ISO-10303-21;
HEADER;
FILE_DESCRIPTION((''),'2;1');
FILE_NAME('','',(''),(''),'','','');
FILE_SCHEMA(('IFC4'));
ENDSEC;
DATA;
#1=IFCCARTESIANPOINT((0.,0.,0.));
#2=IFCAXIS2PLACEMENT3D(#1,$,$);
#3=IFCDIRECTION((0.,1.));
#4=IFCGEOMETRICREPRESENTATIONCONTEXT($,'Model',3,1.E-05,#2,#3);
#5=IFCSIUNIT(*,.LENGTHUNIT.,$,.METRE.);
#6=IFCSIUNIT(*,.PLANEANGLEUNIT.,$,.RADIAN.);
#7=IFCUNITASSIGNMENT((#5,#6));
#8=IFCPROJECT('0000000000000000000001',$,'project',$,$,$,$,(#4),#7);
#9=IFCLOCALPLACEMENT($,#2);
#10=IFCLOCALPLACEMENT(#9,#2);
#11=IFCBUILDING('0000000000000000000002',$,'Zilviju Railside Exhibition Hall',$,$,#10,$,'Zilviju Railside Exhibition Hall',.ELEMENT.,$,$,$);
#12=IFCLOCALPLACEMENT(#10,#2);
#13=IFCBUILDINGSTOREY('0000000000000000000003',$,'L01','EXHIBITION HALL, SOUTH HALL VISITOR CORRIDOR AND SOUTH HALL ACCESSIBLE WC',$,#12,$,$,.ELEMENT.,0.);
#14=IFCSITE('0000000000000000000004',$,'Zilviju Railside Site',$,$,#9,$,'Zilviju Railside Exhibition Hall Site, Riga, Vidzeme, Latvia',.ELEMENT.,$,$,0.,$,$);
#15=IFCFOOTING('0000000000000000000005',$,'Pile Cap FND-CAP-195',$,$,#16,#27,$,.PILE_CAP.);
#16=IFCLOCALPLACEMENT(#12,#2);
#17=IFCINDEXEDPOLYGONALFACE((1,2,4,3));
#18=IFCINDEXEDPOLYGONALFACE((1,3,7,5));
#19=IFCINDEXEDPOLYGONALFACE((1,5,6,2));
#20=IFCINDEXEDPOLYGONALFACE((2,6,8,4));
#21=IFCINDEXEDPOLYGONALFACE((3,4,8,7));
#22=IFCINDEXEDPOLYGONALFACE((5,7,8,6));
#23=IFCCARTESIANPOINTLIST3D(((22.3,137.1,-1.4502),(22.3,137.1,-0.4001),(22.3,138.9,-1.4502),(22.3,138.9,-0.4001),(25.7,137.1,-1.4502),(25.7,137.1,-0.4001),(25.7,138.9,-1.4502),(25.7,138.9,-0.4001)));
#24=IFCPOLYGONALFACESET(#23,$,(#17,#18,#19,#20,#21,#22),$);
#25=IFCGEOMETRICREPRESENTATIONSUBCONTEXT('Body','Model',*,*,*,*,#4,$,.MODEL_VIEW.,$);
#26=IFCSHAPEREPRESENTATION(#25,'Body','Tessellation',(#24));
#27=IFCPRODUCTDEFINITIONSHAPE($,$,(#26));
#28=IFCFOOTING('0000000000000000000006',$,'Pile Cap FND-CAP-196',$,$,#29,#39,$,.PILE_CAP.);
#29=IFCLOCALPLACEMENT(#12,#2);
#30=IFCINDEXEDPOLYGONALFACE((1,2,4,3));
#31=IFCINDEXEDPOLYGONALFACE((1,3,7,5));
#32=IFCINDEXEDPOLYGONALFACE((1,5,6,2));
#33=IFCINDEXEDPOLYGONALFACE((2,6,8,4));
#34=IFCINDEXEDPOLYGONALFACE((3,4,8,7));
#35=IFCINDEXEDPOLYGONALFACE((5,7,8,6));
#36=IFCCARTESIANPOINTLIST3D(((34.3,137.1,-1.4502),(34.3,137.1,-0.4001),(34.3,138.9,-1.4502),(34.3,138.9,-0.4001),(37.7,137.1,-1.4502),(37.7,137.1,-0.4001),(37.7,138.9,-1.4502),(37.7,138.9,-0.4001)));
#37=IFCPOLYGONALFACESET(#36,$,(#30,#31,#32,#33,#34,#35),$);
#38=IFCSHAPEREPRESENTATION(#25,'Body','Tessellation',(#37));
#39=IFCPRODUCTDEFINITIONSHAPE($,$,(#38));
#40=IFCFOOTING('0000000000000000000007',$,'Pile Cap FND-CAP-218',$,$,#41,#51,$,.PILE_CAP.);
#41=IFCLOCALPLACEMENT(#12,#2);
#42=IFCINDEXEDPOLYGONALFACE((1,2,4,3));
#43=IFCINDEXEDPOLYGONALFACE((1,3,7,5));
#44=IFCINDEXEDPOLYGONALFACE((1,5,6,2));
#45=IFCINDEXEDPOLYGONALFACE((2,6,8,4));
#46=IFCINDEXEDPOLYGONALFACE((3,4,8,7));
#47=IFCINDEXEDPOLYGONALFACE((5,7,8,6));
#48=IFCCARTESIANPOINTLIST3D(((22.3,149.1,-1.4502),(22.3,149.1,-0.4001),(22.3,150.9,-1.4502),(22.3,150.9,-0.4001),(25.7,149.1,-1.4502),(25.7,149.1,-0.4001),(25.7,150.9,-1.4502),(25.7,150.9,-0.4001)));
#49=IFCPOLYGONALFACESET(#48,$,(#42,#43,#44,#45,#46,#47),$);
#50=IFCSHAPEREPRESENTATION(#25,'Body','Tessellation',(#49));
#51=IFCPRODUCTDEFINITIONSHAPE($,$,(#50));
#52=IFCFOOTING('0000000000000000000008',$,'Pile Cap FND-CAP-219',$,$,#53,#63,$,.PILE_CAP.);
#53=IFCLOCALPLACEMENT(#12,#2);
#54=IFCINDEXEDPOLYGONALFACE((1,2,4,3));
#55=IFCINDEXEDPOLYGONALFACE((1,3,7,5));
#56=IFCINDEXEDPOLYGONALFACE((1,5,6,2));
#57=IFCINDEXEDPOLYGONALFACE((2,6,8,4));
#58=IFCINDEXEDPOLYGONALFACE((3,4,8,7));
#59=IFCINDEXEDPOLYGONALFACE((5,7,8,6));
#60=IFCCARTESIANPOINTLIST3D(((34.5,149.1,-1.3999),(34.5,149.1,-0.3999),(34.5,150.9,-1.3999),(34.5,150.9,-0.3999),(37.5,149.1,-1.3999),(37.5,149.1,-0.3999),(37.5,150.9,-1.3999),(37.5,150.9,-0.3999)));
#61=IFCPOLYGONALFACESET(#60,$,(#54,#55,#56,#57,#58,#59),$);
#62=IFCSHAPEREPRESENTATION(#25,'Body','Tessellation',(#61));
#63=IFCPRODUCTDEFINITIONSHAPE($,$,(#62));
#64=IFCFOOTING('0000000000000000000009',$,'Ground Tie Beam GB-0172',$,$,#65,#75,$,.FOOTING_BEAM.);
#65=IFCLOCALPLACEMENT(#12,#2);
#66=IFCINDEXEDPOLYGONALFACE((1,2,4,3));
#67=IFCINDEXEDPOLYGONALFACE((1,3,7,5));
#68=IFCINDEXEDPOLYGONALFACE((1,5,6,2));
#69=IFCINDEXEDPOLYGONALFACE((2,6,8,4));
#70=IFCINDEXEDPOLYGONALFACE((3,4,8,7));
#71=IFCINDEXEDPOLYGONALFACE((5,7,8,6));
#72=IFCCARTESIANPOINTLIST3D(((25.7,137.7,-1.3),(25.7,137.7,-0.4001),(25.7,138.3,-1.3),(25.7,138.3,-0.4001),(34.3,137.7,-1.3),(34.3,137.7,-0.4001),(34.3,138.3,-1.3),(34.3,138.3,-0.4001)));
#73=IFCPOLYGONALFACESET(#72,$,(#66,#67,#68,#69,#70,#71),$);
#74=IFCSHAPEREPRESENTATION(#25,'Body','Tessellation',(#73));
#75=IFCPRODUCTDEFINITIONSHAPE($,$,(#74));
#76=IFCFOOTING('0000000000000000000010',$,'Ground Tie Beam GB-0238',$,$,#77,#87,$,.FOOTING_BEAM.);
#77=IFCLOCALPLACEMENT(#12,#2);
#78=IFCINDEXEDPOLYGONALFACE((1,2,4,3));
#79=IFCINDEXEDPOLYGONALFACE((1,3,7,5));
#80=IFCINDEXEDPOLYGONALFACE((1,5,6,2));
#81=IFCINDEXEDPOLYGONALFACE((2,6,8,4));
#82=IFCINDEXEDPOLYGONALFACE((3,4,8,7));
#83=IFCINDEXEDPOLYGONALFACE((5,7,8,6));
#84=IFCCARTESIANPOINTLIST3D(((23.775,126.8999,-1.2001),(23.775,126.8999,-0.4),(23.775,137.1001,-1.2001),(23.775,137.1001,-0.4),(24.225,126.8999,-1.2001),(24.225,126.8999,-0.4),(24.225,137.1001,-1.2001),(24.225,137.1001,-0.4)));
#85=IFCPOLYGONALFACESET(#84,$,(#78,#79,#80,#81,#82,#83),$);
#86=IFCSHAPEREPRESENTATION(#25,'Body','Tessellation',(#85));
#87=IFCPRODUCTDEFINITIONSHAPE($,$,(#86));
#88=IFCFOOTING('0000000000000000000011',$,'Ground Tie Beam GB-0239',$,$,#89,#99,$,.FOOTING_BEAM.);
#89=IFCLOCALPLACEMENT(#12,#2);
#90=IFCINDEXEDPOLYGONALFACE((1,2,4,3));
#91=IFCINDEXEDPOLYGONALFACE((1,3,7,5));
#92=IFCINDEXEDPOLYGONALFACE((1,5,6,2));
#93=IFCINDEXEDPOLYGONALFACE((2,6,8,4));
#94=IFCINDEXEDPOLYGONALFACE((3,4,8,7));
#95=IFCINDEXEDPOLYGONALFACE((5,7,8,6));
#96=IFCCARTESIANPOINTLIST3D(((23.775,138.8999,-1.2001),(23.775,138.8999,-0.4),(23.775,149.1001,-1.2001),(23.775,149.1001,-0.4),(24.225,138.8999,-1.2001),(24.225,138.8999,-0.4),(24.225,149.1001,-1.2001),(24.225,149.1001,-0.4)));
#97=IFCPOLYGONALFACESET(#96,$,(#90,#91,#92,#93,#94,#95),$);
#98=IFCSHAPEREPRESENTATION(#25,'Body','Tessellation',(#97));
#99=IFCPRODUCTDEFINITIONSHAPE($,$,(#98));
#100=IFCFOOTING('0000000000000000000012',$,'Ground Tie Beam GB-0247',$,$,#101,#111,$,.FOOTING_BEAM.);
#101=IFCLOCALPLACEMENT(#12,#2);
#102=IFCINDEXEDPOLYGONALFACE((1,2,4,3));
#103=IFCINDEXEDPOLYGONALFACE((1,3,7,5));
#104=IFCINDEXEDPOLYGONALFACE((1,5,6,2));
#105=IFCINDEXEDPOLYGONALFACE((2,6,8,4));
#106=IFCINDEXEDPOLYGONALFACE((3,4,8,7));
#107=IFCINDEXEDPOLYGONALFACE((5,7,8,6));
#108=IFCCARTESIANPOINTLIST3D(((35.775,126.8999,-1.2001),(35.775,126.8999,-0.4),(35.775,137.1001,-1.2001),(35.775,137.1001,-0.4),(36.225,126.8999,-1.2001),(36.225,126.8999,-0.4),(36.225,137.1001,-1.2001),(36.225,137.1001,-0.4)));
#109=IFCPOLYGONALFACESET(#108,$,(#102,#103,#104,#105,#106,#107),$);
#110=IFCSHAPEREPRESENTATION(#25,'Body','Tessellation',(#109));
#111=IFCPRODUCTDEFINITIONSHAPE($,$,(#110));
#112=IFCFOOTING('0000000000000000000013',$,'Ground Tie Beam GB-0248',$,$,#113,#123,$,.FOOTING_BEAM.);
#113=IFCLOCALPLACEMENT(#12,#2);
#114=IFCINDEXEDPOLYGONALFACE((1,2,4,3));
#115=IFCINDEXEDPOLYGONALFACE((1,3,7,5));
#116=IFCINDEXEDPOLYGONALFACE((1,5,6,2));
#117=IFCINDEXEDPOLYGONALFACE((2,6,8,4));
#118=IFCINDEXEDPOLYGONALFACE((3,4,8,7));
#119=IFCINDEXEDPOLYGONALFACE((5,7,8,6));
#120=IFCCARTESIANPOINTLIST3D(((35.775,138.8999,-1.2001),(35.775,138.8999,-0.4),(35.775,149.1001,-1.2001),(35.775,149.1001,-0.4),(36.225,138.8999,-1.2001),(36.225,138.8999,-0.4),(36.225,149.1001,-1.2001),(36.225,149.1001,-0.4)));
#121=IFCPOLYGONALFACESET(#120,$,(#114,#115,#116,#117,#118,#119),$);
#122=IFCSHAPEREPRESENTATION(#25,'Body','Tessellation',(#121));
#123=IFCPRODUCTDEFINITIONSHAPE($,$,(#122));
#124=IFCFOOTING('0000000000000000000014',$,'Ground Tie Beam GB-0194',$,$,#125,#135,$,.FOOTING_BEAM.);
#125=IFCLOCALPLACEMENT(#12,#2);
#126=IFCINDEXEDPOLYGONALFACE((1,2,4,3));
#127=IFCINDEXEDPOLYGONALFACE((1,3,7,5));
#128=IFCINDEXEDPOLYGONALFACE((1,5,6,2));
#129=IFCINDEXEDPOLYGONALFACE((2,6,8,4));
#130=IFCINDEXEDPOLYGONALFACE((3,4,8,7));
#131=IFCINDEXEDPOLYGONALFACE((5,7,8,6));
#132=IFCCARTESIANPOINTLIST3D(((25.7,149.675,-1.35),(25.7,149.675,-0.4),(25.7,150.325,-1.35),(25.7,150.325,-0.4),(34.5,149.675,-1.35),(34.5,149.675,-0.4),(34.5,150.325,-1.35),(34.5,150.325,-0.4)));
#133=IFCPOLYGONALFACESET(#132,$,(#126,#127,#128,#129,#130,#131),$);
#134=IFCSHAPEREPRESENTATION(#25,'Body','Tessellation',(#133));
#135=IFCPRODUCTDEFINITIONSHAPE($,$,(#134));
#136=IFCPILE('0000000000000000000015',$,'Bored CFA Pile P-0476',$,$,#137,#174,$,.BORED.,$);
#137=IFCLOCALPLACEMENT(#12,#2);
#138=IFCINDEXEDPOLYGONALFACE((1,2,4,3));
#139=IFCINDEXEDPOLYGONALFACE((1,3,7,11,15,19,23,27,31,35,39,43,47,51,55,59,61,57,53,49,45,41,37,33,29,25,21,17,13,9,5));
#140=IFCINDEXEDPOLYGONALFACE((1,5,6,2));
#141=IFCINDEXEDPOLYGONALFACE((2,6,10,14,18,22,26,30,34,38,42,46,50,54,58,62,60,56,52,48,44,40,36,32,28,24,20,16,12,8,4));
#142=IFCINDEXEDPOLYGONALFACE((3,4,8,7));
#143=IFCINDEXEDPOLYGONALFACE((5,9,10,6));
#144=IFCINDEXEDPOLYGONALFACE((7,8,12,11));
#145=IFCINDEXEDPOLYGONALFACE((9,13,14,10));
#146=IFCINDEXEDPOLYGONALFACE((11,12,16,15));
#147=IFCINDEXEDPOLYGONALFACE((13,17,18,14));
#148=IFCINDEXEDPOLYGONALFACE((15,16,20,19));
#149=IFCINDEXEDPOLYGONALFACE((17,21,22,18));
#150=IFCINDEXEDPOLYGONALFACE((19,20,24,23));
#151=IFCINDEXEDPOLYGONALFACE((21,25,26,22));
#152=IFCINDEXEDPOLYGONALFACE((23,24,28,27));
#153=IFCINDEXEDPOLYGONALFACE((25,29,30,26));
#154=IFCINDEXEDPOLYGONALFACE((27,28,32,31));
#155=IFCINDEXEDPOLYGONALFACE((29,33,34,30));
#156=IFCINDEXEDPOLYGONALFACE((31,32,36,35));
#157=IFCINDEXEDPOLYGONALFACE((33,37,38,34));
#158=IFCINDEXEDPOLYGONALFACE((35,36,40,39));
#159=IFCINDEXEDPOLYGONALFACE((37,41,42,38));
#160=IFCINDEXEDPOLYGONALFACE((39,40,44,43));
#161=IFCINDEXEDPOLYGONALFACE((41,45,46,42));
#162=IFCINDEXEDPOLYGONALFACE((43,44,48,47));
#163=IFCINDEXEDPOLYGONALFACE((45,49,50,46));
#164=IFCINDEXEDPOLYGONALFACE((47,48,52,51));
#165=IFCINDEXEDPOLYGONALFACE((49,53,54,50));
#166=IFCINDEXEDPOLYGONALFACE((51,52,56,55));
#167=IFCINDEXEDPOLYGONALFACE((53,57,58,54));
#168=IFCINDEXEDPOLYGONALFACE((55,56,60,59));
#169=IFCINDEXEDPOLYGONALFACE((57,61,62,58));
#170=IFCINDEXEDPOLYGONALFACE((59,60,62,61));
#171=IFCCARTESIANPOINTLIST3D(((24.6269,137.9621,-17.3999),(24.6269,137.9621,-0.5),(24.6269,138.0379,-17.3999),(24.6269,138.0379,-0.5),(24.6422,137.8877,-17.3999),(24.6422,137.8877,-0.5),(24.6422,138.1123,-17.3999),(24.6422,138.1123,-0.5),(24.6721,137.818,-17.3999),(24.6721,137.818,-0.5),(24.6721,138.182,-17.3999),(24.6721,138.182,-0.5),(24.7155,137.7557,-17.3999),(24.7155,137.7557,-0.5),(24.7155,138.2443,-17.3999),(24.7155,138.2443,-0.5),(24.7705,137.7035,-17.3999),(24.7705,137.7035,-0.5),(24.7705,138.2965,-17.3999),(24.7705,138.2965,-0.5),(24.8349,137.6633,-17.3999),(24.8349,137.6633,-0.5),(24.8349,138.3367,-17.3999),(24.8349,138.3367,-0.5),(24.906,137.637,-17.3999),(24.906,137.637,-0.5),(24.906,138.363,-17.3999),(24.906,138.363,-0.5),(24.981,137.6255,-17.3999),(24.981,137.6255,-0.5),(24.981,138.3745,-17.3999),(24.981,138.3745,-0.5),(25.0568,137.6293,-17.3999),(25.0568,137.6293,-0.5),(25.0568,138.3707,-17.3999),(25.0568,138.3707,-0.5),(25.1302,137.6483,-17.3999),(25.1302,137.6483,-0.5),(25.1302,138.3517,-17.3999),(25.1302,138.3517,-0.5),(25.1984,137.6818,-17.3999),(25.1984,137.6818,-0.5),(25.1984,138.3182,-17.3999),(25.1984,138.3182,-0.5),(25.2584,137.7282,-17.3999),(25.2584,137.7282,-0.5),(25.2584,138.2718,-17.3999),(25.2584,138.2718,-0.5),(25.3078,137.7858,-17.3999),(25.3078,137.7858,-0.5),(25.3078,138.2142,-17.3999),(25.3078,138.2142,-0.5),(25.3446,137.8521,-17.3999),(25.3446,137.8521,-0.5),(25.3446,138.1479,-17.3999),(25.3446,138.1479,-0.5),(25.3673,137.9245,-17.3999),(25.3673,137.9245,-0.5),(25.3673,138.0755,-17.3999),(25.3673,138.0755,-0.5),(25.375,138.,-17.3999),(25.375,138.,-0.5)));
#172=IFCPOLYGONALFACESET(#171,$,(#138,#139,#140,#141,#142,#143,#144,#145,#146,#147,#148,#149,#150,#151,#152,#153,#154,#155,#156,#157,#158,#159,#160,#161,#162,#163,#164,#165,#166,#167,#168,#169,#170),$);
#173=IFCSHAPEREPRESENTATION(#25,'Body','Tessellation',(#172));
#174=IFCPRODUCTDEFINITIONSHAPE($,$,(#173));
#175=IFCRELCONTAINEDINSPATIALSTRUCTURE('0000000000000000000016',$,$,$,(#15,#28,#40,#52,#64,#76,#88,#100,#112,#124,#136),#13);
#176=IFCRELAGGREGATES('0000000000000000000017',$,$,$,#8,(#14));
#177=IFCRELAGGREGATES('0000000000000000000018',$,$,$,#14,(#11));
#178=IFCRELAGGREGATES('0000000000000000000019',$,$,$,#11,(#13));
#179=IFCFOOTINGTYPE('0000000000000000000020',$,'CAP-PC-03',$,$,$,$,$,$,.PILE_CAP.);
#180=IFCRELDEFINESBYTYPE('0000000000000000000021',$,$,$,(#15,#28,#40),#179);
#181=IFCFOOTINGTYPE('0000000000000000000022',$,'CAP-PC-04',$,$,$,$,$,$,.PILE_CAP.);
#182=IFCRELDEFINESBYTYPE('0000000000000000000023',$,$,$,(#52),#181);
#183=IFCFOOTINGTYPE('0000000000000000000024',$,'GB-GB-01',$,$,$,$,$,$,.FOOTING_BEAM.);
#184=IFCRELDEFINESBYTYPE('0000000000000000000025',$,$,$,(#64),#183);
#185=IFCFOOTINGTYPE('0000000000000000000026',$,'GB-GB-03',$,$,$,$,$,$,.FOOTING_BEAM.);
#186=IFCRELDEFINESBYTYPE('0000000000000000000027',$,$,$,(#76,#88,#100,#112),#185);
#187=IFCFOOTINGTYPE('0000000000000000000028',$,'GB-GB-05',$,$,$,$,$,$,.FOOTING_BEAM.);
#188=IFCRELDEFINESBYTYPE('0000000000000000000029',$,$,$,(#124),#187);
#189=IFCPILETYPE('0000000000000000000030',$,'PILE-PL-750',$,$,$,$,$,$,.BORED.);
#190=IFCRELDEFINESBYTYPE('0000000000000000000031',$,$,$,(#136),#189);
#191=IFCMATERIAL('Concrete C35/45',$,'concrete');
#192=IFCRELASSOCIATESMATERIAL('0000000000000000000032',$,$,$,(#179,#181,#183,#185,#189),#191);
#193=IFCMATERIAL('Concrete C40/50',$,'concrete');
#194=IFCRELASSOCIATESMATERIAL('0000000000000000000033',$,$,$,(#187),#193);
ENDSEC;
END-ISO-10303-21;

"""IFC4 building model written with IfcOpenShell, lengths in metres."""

from ifc_helpers import new_model, si_unit, direction, frame, origin, origin_2d, place, context, subcontext, project, spatial, rectangle, circle, extrude, material, material_profile, profile_set, type_object, element, save


model = new_model("IFC4")

# Units and contexts
model_context = context("Model", 3, precision=1e-05, world=origin(), true_north=direction((0.0, 1.0)))
body_context = subcontext(model_context, "Body", "Model", "MODEL_VIEW")
ifc_project = project(units=[si_unit("LENGTHUNIT", "METRE"), si_unit("PLANEANGLEUNIT", "RADIAN")], contexts=[model_context])

# Site, building, storey
site_placement = place(None, origin())
site = spatial("IfcSite", under=ifc_project, at=site_placement, Name="Zilviju Railside Site", LongName="Zilviju Railside Exhibition Hall Site, Riga, Vidzeme, Latvia", CompositionType="ELEMENT", RefElevation=0.0)
building_placement = place(site_placement, origin())
building = spatial("IfcBuilding", under=site, at=building_placement, Name="Zilviju Railside Exhibition Hall", LongName="Zilviju Railside Exhibition Hall", CompositionType="ELEMENT")
storey_placement = place(building_placement, origin())
storey = spatial("IfcBuildingStorey", under=building, at=storey_placement, Name="L01", Description="EXHIBITION HALL, SOUTH HALL VISITOR CORRIDOR AND SOUTH HALL ACCESSIBLE WC", CompositionType="ELEMENT", Elevation=0.0)

# Footings
ifc_material_1 = material(Name="Concrete C35/45", Category="concrete")
footing_type_1 = type_object("IfcFootingType", Name="CAP-PC-03", PredefinedType="PILE_CAP", material=ifc_material_1)
for number, where, z_axis, x_axis, name in (
    (1, (24.0, 138.0, -1.4502), (0.0, 0.0, 1.0), (1.0, 0.0, 0.0), "Pile Cap FND-CAP-195"),
    (2, (36.0, 138.0, -1.4502), (0.0, 0.0, 1.0), (1.0, 0.0, 0.0), "Pile Cap FND-CAP-196"),
    (3, (24.0, 150.0, -1.4502), (0.0, 0.0, 1.0), (1.0, 0.0, 0.0), "Pile Cap FND-CAP-218"),
):
    element("IfcFooting", number, at=place(storey_placement, frame(where, z_axis=z_axis, x_axis=x_axis)), inside=storey, type_object=footing_type_1, Name=name, PredefinedType="PILE_CAP", context=body_context, shape_type="SweptSolid", body=[
        extrude(rectangle(XDim=3.3999, YDim=1.8, at=origin_2d()), origin(), (0.0, 0.0, 1.0), 1.05),
    ])
footing_type_2 = type_object("IfcFootingType", Name="CAP-PC-04", PredefinedType="PILE_CAP", material=ifc_material_1)
footing_1_placement = place(storey_placement, frame((36.0, 150.0, -1.3999), z_axis=(0.0, 0.0, 1.0), x_axis=(1.0, 0.0, 0.0)))
element("IfcFooting", 4, at=footing_1_placement, inside=storey, type_object=footing_type_2, Name="Pile Cap FND-CAP-219", PredefinedType="PILE_CAP", context=body_context, shape_type="SweptSolid", body=[
    extrude(rectangle(XDim=3.0, YDim=1.8, at=origin_2d()), origin(), (0.0, 0.0, 1.0), 1.0),
])
ifc_material_profile_1 = material_profile(ifc_material_1, rectangle(XDim=0.6001, YDim=0.8999, at=origin_2d()), Name="TIE BEAM 600x900")
ifc_profile_set_1 = profile_set([ifc_material_profile_1], Name="Concrete C35/45")
footing_type_3 = type_object("IfcFootingType", Name="GB-GB-01", PredefinedType="FOOTING_BEAM", material=ifc_profile_set_1)
footing_2_placement = place(storey_placement, frame((25.7, 138.0, -0.8501), z_axis=(1.0, 0.0, 0.0), x_axis=(0.0, 1.0, 0.0)))
element("IfcFooting", 5, at=footing_2_placement, inside=storey, type_object=footing_type_3, Name="Ground Tie Beam GB-0172", PredefinedType="FOOTING_BEAM", context=body_context, shape_type="SweptSolid", body=[
    extrude(rectangle(XDim=0.6001, YDim=0.8999, at=origin_2d()), origin(), (0.0, 0.0, 1.0), 8.6001),
])
ifc_material_profile_2 = material_profile(ifc_material_1, rectangle(XDim=0.45, YDim=0.8, at=origin_2d()), Name="TIE BEAM 450x800")
ifc_profile_set_2 = profile_set([ifc_material_profile_2], Name="Concrete C35/45")
footing_type_4 = type_object("IfcFootingType", Name="GB-GB-03", PredefinedType="FOOTING_BEAM", material=ifc_profile_set_2)
for number, where, z_axis, x_axis, name in (
    (6, (24.0, 126.8999, -0.8), (0.0, 1.0, 0.0), (-1.0, 0.0, 0.0), "Ground Tie Beam GB-0238"),
    (7, (24.0, 138.8999, -0.8), (0.0, 1.0, 0.0), (-1.0, 0.0, 0.0), "Ground Tie Beam GB-0239"),
    (8, (36.0, 126.8999, -0.8), (0.0, 1.0, 0.0), (-1.0, 0.0, 0.0), "Ground Tie Beam GB-0247"),
    (9, (36.0, 138.8999, -0.8), (0.0, 1.0, 0.0), (-1.0, 0.0, 0.0), "Ground Tie Beam GB-0248"),
):
    element("IfcFooting", number, at=place(storey_placement, frame(where, z_axis=z_axis, x_axis=x_axis)), inside=storey, type_object=footing_type_4, Name=name, PredefinedType="FOOTING_BEAM", context=body_context, shape_type="SweptSolid", body=[
        extrude(rectangle(XDim=0.45, YDim=0.8, at=origin_2d()), origin(), (0.0, 0.0, 1.0), 10.2002),
    ])
ifc_material_2 = material(Name="Concrete C40/50", Category="concrete")
ifc_material_profile_3 = material_profile(ifc_material_2, rectangle(XDim=0.6499, YDim=0.95, at=origin_2d()), Name="TIE BEAM 650x950")
ifc_profile_set_3 = profile_set([ifc_material_profile_3], Name="Concrete C40/50")
footing_type_5 = type_object("IfcFootingType", Name="GB-GB-05", PredefinedType="FOOTING_BEAM", material=ifc_profile_set_3)
footing_3_placement = place(storey_placement, frame((25.7, 150.0, -0.875), z_axis=(1.0, 0.0, 0.0), x_axis=(0.0, 1.0, 0.0)))
element("IfcFooting", 10, at=footing_3_placement, inside=storey, type_object=footing_type_5, Name="Ground Tie Beam GB-0194", PredefinedType="FOOTING_BEAM", context=body_context, shape_type="SweptSolid", body=[
    extrude(rectangle(XDim=0.6499, YDim=0.95, at=origin_2d()), origin(), (0.0, 0.0, 1.0), 8.8),
])

# Pile
ifc_material_profile_4 = material_profile(ifc_material_1, circle(Radius=0.375, at=origin_2d()), Name="CFA PILE D750")
ifc_profile_set_4 = profile_set([ifc_material_profile_4], Name="Concrete C35/45")
pile_type = type_object("IfcPileType", Name="PILE-PL-750", PredefinedType="BORED", material=ifc_profile_set_4)
for number, where, z_axis, x_axis, name in (
    (11, (25.0, 138.0, -0.5), (0.0, 0.0, -1.0), (1.0, 0.0, 0.0), "Bored CFA Pile P-0476"),
):
    element("IfcPile", number, at=place(storey_placement, frame(where, z_axis=z_axis, x_axis=x_axis)), inside=storey, type_object=pile_type, Name=name, PredefinedType="BORED", context=body_context, shape_type="SweptSolid", body=[
        extrude(circle(Radius=0.375, at=origin_2d()), origin(), (0.0, 0.0, 1.0), 16.8999),
    ])

save(model, "model.ifc")
